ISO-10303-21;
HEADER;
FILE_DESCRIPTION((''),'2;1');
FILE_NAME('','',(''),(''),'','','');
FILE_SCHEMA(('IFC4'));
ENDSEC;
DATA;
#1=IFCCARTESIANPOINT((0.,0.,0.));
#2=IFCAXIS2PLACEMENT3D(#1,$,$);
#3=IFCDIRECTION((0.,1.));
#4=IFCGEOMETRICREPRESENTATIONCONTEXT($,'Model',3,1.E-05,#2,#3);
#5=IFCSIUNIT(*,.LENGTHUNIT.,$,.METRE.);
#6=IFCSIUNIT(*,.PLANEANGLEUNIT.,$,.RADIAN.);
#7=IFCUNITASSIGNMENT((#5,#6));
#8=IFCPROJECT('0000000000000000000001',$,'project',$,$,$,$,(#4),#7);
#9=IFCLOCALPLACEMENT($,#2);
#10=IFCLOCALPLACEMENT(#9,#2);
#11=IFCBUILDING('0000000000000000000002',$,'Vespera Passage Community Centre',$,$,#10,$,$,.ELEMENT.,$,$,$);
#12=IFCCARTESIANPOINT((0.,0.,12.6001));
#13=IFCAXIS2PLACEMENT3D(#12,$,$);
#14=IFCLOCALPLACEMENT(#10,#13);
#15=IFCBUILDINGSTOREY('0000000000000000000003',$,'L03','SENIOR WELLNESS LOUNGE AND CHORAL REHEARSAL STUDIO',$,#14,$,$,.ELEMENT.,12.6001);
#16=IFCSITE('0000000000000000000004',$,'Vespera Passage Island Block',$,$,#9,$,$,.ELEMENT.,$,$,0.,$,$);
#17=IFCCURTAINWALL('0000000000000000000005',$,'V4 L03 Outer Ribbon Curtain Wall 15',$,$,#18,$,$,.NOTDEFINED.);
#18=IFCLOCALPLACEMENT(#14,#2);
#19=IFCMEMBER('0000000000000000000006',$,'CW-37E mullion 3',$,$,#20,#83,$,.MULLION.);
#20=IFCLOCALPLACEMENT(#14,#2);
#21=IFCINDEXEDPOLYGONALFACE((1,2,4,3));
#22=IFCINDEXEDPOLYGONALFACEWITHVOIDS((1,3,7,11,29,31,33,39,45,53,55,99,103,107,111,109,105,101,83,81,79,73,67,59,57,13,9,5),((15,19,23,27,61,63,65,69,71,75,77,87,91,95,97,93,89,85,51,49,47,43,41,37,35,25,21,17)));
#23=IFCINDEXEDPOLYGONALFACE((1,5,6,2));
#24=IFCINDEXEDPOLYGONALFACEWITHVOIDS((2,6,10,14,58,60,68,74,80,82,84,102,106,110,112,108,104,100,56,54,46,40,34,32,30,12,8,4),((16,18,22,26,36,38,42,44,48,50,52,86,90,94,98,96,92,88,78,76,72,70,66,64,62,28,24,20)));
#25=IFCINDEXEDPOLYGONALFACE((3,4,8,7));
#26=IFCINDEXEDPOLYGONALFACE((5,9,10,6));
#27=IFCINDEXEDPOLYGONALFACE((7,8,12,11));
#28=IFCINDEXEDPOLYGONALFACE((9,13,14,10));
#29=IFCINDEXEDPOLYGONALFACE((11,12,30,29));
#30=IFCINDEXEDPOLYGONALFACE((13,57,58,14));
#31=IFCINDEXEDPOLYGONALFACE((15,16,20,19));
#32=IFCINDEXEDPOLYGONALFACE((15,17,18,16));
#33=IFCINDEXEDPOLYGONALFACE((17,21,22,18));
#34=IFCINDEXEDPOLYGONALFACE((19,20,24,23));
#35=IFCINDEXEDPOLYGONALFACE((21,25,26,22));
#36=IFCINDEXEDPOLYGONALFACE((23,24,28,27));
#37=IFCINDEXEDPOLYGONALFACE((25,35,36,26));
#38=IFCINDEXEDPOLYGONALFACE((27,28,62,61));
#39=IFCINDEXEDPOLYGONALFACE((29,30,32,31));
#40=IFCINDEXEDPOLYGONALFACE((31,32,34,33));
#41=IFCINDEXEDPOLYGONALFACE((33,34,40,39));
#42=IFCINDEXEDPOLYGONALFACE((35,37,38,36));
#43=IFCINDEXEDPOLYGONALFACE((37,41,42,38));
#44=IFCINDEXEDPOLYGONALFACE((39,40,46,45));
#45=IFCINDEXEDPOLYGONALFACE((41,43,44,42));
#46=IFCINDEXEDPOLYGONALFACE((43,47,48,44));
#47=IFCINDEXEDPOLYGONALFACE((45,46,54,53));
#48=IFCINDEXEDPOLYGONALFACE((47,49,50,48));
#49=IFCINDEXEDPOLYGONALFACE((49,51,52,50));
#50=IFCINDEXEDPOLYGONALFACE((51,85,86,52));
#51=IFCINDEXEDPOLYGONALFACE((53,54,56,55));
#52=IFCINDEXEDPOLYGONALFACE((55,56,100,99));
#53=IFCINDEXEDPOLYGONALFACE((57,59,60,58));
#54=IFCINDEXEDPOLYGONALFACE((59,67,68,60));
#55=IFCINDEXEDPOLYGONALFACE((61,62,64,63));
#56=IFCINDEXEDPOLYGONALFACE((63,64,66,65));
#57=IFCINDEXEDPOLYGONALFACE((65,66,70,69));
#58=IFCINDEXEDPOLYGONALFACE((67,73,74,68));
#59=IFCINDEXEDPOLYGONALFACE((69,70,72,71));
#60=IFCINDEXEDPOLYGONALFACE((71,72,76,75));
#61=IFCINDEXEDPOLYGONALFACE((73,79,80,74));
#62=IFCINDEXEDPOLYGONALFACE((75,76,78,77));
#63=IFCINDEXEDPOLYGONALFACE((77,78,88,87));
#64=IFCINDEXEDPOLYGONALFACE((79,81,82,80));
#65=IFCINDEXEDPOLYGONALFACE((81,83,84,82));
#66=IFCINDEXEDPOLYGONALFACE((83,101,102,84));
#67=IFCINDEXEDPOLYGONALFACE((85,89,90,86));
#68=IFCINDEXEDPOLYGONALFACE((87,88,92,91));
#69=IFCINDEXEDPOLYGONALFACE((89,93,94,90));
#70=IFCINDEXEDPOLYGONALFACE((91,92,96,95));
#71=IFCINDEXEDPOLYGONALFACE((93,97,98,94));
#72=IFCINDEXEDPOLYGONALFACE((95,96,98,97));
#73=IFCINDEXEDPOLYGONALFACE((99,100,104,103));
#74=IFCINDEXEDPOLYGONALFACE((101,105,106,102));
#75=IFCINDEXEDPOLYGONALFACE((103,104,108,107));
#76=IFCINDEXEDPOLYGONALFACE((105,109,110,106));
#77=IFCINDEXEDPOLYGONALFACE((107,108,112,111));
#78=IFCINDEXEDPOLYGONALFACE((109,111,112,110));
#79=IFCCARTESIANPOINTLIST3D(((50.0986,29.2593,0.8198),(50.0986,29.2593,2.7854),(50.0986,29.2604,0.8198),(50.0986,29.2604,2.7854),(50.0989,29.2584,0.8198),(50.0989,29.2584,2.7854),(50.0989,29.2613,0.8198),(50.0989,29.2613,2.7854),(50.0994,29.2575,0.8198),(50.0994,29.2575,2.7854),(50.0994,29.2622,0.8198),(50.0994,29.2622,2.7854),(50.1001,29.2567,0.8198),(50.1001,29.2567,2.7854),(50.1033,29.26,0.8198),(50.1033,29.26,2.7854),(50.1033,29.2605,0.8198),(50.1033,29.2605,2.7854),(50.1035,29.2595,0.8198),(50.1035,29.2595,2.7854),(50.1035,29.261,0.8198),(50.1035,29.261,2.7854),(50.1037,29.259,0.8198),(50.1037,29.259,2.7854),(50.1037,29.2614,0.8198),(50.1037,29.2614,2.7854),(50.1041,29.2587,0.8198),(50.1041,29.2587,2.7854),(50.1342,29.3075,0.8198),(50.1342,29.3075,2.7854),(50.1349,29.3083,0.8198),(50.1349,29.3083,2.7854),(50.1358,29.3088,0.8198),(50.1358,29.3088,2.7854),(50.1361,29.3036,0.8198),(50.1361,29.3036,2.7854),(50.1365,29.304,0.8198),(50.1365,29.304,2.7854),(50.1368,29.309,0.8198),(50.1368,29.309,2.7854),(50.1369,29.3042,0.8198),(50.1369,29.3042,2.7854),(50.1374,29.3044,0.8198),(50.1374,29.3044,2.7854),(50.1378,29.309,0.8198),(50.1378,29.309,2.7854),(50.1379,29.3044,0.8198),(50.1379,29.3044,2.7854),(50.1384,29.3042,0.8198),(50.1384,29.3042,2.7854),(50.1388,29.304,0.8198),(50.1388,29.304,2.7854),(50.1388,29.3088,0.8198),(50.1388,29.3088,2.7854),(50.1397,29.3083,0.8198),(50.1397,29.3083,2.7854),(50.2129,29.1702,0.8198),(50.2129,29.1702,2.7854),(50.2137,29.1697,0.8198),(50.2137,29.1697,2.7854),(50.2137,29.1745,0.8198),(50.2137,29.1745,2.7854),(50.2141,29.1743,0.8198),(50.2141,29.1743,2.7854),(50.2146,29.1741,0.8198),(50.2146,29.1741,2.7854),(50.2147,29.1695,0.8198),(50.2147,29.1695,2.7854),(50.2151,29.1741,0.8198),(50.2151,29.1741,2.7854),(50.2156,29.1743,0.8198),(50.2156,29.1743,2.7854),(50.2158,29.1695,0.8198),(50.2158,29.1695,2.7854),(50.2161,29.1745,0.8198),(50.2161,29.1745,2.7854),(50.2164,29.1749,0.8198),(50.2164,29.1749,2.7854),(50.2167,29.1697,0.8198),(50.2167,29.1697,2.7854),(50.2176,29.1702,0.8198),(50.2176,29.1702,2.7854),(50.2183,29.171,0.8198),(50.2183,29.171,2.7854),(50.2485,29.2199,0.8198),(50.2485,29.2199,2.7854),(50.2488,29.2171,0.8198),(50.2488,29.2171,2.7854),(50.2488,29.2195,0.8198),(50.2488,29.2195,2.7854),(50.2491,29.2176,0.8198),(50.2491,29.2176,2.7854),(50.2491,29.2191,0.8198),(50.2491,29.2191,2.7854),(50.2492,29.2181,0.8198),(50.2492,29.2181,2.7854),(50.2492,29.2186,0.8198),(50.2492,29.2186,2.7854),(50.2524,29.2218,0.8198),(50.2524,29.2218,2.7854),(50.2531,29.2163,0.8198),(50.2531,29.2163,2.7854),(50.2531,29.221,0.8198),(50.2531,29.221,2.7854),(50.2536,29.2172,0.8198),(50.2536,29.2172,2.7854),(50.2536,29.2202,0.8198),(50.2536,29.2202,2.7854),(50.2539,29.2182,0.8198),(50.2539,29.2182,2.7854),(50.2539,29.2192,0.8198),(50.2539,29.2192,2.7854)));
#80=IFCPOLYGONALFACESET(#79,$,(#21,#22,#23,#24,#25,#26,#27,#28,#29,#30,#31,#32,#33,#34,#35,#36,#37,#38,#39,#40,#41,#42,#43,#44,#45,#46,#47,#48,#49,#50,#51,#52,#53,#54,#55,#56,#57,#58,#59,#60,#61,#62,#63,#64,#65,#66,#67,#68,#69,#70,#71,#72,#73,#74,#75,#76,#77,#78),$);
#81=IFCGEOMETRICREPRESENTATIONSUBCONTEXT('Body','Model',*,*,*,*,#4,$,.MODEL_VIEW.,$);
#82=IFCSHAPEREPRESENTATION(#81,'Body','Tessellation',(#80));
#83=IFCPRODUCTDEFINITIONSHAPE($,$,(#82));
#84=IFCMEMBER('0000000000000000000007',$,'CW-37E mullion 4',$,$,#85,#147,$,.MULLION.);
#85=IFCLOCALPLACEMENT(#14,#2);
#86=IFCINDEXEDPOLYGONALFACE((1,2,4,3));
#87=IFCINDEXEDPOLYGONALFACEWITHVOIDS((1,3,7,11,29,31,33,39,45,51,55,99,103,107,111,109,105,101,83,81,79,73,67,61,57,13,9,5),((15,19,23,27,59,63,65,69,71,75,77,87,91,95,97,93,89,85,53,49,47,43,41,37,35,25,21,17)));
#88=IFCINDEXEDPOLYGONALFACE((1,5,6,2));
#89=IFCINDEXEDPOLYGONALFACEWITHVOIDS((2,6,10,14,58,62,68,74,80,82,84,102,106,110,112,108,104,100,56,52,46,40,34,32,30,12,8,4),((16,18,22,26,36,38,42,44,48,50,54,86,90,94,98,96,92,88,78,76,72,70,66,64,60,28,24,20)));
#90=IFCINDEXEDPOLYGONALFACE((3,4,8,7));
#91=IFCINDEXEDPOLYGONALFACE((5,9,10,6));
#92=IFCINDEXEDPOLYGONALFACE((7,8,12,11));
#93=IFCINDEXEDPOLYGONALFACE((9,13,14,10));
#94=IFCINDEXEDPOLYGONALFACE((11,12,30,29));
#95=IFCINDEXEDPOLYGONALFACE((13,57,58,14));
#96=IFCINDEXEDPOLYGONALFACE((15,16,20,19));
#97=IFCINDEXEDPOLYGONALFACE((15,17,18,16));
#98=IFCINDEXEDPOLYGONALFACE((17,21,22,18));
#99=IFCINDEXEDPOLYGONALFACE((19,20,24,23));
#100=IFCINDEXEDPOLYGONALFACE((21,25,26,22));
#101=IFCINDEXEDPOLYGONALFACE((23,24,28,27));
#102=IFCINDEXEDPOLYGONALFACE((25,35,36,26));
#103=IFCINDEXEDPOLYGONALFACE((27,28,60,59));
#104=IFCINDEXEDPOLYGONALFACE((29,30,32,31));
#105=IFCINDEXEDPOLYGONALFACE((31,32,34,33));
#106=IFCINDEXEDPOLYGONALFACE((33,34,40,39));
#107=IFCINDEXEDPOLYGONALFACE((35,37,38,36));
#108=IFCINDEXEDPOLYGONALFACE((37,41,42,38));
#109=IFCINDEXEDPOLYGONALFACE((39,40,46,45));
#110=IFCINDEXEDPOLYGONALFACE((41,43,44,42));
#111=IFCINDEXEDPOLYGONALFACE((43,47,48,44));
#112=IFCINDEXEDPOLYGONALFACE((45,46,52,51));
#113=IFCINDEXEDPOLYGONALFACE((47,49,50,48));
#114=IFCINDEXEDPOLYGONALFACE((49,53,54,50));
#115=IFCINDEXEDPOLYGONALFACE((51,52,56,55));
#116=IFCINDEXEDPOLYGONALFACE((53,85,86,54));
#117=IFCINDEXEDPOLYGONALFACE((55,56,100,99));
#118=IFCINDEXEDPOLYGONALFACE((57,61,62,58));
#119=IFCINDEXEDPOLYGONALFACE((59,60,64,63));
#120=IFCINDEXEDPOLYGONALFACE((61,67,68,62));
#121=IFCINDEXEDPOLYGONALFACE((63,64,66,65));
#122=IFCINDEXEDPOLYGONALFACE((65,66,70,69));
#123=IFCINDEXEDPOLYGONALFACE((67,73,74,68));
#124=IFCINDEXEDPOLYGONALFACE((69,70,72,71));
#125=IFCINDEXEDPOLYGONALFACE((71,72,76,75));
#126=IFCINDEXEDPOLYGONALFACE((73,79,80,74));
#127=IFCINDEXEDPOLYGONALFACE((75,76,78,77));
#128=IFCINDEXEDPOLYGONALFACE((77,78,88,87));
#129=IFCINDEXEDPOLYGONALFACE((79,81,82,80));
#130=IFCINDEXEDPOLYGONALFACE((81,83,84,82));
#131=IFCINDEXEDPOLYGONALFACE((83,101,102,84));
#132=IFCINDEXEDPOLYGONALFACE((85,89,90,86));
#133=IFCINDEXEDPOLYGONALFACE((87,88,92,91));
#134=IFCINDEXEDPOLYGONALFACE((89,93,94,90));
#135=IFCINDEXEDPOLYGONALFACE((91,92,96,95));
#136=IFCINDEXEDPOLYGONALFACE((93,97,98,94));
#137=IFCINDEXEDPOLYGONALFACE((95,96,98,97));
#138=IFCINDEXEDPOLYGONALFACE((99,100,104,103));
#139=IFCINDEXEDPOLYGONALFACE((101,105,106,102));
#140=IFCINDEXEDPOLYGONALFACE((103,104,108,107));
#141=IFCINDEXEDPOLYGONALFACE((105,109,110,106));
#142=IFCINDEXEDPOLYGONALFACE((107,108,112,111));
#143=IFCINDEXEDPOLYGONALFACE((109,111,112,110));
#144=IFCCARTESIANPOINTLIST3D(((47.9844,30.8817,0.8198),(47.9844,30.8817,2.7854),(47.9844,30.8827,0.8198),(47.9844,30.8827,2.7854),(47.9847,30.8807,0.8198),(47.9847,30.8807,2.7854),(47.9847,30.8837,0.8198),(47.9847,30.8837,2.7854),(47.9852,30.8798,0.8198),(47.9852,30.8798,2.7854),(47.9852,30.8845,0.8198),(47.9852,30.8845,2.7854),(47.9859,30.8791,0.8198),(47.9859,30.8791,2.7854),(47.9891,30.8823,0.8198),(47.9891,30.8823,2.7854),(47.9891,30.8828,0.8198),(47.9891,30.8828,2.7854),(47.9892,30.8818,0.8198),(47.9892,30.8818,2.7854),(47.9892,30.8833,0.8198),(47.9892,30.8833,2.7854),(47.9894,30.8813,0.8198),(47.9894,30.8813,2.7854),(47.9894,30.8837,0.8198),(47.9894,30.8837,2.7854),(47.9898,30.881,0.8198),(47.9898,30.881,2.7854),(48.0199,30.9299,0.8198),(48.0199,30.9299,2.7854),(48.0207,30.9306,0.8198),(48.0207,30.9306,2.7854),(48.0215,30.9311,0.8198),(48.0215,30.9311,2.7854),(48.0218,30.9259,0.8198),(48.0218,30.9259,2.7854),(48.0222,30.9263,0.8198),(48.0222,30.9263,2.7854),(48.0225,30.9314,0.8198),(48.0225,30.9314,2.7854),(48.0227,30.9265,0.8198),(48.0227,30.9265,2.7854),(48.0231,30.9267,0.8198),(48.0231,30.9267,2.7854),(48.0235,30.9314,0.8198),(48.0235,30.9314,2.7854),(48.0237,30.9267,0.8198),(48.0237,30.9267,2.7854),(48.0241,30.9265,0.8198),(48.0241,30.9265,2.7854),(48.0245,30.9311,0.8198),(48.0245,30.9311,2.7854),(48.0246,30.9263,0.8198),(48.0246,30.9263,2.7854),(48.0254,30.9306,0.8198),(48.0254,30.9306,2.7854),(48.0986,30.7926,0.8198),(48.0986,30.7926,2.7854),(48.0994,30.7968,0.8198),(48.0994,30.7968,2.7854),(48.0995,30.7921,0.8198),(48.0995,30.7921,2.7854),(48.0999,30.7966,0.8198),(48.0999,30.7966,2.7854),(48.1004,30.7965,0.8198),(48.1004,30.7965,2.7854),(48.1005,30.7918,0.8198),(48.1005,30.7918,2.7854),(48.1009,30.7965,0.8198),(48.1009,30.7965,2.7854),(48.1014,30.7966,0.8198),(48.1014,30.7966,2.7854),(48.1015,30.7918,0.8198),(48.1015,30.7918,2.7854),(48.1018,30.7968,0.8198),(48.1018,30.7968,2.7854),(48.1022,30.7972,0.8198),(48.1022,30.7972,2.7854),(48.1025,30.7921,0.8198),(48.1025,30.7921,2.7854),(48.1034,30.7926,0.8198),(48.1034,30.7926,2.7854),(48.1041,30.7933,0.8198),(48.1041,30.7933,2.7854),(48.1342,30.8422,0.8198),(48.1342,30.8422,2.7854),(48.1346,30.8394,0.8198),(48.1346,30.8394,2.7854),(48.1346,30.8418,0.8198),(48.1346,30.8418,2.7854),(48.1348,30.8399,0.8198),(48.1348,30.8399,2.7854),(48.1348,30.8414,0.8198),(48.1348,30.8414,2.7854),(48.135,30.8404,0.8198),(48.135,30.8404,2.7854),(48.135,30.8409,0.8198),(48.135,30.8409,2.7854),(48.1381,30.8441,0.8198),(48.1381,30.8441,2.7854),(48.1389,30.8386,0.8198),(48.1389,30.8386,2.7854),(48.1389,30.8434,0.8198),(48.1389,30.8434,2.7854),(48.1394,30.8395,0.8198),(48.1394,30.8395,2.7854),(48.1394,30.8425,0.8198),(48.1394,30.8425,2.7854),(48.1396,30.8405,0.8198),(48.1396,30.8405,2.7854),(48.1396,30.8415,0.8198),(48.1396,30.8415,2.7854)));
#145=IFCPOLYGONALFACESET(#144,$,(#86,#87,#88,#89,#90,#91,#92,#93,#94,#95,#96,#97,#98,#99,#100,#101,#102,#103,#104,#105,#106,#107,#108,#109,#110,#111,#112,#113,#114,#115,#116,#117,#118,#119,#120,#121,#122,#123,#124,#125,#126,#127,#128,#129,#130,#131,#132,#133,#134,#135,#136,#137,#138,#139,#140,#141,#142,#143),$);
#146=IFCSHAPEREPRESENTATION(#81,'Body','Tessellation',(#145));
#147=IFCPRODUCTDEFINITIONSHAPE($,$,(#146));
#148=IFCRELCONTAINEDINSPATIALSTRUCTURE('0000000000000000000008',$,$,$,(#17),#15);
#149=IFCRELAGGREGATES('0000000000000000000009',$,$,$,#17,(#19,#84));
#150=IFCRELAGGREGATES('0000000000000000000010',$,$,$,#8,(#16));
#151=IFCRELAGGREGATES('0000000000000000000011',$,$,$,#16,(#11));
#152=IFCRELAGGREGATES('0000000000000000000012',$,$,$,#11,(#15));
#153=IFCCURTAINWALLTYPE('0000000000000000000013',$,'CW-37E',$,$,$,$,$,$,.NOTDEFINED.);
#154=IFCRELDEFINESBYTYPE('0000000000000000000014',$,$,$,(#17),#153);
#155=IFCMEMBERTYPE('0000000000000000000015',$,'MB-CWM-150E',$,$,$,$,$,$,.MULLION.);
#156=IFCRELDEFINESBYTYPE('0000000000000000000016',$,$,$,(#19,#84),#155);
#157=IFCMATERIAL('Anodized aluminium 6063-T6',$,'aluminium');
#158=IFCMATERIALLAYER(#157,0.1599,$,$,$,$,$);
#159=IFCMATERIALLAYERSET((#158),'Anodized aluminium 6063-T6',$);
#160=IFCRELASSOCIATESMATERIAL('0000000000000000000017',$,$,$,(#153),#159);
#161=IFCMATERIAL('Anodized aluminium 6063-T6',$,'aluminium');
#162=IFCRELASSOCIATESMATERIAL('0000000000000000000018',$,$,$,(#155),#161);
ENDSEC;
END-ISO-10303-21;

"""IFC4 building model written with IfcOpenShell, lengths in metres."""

from ifc_helpers import new_model, si_unit, direction, frame, origin, origin_2d, place, context, subcontext, project, spatial, hollow_rectangle, extrude, material, layer, layer_set, material_profile, profile_set, type_object, element, aggregate, save


model = new_model("IFC4")

# Units and contexts
model_context = context("Model", 3, precision=1e-05, world=origin(), true_north=direction((0.0, 1.0)))
body_context = subcontext(model_context, "Body", "Model", "MODEL_VIEW")
ifc_project = project(units=[si_unit("LENGTHUNIT", "METRE"), si_unit("PLANEANGLEUNIT", "RADIAN")], contexts=[model_context])

# Site, building, storey
site_placement = place(None, origin())
site = spatial("IfcSite", under=ifc_project, at=site_placement, Name="Vespera Passage Island Block", CompositionType="ELEMENT", RefElevation=0.0)
building_placement = place(site_placement, origin())
building = spatial("IfcBuilding", under=site, at=building_placement, Name="Vespera Passage Community Centre", CompositionType="ELEMENT")
storey_placement = place(building_placement, frame((0.0, 0.0, 12.6001)))
storey = spatial("IfcBuildingStorey", under=building, at=storey_placement, Name="L03", Description="SENIOR WELLNESS LOUNGE AND CHORAL REHEARSAL STUDIO", CompositionType="ELEMENT", Elevation=12.6001)

# Curtain wall, members
ifc_material_1 = material(Name="Anodized aluminium 6063-T6", Category="aluminium")
ifc_layer_1 = layer(ifc_material_1, 0.1599)
ifc_layer_set_1 = layer_set([ifc_layer_1], Name="Anodized aluminium 6063-T6")
curtain_wall_type = type_object("IfcCurtainWallType", Name="CW-37E", PredefinedType="NOTDEFINED", material=ifc_layer_set_1)
curtain_wall_placement = place(storey_placement, origin())
curtain_wall = element("IfcCurtainWall", 1, at=curtain_wall_placement, inside=storey, type_object=curtain_wall_type, Name="V4 L03 Outer Ribbon Curtain Wall 15", PredefinedType="NOTDEFINED")
ifc_material_2 = material(Name="Anodized aluminium 6063-T6", Category="aluminium")
ifc_material_profile_1 = material_profile(ifc_material_2, hollow_rectangle(XDim=0.0649, YDim=0.1499, WallThickness=0.0039, InnerFilletRadius=0.002, OuterFilletRadius=0.0039, at=origin_2d()), Name="ALU150X65X4")
ifc_profile_set_1 = profile_set([ifc_material_profile_1], Name="Anodized aluminium 6063-T6")
member_type_1 = type_object("IfcMemberType", Name="MB-CWM-150E", PredefinedType="MULLION", material=ifc_profile_set_1)
member_1_placement = place(storey_placement, frame((50.1763, 29.2393, 0.8198), z_axis=(0.0, 0.0, 1.0), x_axis=(-0.608772, -0.793345, 0.0)))
member_1 = element("IfcMember", 2, at=member_1_placement, type_object=member_type_1, Name="CW-37E mullion 3", PredefinedType="MULLION", context=body_context, shape_type="SweptSolid", body=[
    extrude(hollow_rectangle(XDim=0.0649, YDim=0.1499, WallThickness=0.0039, InnerFilletRadius=0.002, OuterFilletRadius=0.0039, at=origin_2d()), origin(), (0.0, 0.0, 1.0), 1.9656),
])
member_2_placement = place(storey_placement, frame((48.062, 30.8616, 0.8198), z_axis=(0.0, 0.0, 1.0), x_axis=(-0.608772, -0.793345, 0.0)))
member_2 = element("IfcMember", 3, at=member_2_placement, type_object=member_type_1, Name="CW-37E mullion 4", PredefinedType="MULLION", context=body_context, shape_type="SweptSolid", body=[
    extrude(hollow_rectangle(XDim=0.0649, YDim=0.1499, WallThickness=0.0039, InnerFilletRadius=0.002, OuterFilletRadius=0.0039, at=origin_2d()), origin(), (0.0, 0.0, 1.0), 1.9656),
])
aggregate(curtain_wall, [member_1, member_2])

save(model, "model.ifc")
